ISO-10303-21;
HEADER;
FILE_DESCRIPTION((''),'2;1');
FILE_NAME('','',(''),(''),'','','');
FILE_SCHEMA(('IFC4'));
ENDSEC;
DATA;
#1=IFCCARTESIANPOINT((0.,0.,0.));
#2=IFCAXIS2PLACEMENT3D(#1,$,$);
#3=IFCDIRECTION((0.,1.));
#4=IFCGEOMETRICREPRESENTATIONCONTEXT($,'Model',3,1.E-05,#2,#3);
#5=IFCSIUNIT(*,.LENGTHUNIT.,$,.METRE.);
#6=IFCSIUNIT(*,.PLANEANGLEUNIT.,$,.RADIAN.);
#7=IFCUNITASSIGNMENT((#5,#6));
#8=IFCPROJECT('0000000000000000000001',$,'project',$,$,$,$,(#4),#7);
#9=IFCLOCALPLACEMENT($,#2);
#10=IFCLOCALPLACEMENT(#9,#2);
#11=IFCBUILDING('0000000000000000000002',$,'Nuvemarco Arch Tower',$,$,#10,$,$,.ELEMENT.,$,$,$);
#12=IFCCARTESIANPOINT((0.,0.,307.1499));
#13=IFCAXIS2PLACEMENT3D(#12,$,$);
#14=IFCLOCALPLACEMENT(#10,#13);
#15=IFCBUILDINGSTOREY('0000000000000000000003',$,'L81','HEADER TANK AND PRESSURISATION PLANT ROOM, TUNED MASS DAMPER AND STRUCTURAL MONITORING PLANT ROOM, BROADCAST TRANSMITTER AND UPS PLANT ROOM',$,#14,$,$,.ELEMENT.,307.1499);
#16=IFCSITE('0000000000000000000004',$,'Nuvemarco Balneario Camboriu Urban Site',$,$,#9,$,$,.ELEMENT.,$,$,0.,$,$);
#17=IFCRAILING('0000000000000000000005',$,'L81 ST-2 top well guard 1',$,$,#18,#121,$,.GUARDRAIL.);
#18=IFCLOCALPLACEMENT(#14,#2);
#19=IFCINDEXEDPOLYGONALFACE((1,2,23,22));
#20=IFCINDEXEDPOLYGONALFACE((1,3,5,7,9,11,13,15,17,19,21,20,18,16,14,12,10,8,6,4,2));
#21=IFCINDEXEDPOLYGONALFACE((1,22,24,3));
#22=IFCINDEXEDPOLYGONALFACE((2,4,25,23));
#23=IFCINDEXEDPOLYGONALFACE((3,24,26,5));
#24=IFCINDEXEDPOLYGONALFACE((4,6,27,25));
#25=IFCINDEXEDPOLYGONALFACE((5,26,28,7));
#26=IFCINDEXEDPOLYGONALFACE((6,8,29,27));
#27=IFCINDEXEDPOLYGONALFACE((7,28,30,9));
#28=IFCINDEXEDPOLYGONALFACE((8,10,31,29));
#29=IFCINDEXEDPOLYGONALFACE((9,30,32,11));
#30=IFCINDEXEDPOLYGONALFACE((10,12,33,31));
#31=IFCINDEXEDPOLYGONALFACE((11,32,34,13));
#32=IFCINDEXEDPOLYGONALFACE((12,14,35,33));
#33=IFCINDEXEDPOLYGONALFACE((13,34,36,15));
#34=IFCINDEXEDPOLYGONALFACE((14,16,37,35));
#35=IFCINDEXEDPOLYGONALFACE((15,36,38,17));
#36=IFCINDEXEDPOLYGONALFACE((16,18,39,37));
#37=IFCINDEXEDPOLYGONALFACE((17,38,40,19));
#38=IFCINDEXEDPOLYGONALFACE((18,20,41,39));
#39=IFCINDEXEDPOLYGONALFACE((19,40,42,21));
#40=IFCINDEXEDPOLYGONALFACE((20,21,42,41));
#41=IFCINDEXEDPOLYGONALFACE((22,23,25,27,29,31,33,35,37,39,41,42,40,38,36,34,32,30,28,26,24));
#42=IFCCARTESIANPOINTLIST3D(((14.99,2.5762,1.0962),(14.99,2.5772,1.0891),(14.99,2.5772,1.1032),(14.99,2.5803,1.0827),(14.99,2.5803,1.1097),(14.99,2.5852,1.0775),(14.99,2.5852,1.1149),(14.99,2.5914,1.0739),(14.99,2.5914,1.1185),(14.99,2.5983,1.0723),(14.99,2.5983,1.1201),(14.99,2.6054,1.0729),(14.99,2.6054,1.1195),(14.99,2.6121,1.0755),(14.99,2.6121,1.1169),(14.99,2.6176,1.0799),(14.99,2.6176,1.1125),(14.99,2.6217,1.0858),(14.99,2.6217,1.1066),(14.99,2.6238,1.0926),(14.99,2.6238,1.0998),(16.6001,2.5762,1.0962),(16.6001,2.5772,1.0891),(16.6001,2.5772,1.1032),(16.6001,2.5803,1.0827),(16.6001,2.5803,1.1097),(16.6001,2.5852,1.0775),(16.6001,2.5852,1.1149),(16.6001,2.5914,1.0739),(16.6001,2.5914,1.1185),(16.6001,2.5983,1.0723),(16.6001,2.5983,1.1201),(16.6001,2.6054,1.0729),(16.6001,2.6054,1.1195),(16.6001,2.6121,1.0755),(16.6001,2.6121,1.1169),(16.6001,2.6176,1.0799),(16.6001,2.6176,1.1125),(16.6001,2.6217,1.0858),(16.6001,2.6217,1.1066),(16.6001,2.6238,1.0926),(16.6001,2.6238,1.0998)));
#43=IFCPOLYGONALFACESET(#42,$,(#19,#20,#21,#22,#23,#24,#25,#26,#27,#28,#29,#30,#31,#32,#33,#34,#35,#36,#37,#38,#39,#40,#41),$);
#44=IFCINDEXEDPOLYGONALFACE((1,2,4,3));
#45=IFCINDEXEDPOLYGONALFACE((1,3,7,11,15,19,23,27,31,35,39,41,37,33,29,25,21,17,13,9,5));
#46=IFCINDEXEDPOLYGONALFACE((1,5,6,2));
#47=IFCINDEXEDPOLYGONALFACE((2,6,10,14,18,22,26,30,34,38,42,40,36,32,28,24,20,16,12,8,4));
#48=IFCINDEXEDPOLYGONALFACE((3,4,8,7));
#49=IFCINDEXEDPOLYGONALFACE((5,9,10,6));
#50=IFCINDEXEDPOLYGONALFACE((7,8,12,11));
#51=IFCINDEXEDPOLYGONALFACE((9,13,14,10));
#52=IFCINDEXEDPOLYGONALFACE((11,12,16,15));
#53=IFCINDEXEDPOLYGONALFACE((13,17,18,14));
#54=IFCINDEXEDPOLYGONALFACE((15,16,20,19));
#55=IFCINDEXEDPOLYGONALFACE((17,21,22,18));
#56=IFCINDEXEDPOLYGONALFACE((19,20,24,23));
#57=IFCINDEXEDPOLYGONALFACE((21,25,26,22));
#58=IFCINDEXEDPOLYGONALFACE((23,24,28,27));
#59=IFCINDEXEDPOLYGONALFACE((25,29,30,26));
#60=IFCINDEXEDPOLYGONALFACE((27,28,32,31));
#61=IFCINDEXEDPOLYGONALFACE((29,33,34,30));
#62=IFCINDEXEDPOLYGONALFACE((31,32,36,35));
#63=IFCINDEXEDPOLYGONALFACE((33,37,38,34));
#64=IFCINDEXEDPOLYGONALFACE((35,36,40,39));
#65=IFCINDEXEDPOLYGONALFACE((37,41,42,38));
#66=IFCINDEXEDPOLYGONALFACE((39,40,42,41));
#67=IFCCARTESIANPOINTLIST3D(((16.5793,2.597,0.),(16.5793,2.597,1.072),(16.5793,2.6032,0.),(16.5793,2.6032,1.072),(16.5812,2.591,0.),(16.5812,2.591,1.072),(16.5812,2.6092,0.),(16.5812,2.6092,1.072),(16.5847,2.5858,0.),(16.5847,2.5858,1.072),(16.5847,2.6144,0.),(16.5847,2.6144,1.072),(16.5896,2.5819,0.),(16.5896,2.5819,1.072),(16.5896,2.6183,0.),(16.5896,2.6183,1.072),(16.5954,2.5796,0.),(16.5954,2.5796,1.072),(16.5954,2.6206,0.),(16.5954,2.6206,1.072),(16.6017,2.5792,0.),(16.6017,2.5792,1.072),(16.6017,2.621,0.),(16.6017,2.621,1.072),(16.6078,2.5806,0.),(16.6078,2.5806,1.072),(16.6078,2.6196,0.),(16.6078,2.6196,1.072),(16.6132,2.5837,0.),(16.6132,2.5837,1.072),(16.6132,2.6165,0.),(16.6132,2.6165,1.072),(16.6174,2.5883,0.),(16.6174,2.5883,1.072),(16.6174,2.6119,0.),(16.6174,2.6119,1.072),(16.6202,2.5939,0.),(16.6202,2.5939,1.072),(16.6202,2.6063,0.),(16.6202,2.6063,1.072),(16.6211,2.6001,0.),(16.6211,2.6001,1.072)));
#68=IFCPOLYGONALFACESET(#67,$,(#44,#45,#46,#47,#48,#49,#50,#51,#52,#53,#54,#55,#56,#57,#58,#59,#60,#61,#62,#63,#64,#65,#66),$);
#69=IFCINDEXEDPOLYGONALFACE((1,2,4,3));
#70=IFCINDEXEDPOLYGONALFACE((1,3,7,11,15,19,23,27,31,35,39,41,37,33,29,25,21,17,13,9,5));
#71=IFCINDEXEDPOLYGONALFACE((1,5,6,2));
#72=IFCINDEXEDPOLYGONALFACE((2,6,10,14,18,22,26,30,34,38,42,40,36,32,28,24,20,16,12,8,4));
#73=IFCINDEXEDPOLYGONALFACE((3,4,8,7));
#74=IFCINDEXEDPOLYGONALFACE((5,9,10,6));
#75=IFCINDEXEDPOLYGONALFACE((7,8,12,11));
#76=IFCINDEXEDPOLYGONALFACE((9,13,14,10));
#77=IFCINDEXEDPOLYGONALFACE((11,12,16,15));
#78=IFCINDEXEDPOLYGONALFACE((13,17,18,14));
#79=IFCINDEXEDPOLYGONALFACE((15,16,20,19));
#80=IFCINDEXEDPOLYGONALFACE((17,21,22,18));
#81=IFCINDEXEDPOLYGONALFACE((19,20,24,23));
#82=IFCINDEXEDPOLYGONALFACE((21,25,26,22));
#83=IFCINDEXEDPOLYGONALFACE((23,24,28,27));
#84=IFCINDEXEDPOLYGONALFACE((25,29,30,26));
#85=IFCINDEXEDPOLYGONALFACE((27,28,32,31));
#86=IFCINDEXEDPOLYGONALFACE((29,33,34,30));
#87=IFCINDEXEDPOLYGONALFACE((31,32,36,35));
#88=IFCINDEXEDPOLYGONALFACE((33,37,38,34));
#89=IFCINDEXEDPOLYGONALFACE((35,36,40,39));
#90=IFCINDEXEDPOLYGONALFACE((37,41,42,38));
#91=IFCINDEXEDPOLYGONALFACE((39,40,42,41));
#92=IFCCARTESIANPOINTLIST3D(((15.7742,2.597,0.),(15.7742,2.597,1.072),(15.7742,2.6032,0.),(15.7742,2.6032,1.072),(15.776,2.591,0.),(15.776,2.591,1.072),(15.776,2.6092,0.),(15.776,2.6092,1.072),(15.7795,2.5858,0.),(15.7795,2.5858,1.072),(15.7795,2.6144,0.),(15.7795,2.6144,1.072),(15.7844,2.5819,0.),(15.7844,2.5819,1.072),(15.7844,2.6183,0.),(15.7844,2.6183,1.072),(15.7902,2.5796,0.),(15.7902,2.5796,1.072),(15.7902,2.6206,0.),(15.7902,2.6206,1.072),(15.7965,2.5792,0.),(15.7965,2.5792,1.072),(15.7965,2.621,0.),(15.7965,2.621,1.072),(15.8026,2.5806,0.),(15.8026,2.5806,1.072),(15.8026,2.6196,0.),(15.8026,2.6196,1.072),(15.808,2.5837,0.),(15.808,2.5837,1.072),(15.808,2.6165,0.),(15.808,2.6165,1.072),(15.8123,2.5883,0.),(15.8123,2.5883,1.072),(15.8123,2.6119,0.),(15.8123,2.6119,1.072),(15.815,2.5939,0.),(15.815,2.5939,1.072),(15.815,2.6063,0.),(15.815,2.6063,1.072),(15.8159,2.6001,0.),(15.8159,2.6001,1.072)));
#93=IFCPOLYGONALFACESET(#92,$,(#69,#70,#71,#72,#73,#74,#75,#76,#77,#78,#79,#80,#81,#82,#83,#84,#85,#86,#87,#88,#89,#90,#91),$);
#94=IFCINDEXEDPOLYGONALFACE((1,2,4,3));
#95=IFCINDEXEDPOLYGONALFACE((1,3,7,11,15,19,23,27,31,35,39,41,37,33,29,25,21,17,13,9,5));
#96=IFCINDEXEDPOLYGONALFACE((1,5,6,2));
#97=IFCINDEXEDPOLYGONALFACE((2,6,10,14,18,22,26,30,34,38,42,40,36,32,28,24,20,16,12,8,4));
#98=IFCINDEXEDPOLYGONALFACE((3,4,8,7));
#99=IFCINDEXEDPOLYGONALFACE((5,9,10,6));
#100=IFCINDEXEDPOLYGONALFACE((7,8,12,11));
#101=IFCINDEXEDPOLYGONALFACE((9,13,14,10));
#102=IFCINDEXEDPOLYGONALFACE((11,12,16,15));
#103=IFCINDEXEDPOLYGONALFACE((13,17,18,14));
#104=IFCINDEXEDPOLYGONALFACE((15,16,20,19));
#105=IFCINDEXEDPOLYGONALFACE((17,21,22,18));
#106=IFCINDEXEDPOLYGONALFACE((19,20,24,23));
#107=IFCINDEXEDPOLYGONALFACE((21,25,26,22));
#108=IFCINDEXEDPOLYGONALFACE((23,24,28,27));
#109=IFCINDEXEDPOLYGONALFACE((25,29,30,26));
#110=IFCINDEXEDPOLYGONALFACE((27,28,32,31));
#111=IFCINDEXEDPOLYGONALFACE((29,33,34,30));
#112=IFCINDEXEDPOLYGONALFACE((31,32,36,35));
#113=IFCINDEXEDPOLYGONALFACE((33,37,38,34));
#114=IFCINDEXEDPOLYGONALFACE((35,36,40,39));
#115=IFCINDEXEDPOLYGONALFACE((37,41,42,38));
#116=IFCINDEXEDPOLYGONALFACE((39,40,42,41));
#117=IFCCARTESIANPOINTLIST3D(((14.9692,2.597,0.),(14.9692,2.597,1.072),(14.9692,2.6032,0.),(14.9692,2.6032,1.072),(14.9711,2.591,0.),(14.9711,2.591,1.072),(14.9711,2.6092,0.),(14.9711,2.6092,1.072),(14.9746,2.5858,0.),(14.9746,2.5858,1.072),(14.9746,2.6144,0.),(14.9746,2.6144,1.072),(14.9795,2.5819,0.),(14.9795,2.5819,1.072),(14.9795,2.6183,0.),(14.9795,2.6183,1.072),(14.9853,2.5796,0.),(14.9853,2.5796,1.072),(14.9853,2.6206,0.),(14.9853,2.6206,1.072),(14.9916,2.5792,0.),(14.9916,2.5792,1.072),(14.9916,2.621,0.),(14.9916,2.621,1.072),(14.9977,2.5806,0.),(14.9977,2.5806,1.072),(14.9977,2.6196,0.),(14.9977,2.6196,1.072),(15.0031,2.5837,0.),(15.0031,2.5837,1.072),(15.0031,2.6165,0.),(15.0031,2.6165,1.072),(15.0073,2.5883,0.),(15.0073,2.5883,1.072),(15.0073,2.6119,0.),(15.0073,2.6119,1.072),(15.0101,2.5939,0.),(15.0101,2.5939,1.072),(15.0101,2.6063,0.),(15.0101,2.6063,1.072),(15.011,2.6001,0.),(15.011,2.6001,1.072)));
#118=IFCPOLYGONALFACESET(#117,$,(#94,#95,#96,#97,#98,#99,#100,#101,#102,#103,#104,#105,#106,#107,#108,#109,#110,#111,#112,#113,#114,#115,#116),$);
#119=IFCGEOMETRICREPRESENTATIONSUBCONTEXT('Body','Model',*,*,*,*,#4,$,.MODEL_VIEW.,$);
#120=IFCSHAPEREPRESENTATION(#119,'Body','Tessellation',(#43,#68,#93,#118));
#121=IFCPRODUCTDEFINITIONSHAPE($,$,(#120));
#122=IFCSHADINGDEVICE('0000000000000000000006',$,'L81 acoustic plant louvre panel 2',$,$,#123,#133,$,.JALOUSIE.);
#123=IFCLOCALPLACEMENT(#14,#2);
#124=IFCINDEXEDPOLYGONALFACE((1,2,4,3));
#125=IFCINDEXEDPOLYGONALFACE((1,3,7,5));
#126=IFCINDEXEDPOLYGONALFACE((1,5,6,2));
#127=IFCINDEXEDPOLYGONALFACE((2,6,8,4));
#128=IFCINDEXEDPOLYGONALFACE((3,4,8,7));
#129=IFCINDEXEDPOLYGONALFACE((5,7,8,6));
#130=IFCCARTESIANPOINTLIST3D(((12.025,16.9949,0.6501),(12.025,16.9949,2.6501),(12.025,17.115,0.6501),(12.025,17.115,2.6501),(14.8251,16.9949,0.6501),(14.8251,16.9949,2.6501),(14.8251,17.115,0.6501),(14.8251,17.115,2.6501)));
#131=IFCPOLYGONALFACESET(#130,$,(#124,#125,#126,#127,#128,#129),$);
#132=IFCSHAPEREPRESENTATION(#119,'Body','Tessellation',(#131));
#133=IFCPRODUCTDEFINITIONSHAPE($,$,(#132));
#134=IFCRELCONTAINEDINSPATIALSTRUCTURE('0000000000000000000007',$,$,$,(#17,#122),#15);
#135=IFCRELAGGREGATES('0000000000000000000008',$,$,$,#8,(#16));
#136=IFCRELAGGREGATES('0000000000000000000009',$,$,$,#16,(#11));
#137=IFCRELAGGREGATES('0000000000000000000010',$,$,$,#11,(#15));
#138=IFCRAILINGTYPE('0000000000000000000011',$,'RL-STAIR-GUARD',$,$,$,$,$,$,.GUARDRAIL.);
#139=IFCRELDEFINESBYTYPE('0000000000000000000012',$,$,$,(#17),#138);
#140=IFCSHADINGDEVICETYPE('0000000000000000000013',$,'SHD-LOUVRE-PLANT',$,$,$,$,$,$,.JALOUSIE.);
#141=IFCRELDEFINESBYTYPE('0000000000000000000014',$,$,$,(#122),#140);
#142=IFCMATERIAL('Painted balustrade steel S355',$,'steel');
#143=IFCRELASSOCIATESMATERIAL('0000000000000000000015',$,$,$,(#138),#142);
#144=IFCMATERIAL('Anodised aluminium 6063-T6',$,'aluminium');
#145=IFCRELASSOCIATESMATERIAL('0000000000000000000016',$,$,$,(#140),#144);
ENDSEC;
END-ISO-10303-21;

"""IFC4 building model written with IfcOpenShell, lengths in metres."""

from ifc_helpers import new_model, si_unit, direction, frame, origin, origin_2d, place, context, subcontext, project, spatial, rectangle, circle, extrude, source, transform, mapped, material, type_object, type_shapes, element, save


model = new_model("IFC4")

# Units and contexts
model_context = context("Model", 3, precision=1e-05, world=origin(), true_north=direction((0.0, 1.0)))
body_context = subcontext(model_context, "Body", "Model", "MODEL_VIEW")
ifc_project = project(units=[si_unit("LENGTHUNIT", "METRE"), si_unit("PLANEANGLEUNIT", "RADIAN")], contexts=[model_context])

# Site, building, storey
site_placement = place(None, origin())
site = spatial("IfcSite", under=ifc_project, at=site_placement, Name="Nuvemarco Balneario Camboriu Urban Site", CompositionType="ELEMENT", RefElevation=0.0)
building_placement = place(site_placement, origin())
building = spatial("IfcBuilding", under=site, at=building_placement, Name="Nuvemarco Arch Tower", CompositionType="ELEMENT")
storey_placement = place(building_placement, frame((0.0, 0.0, 307.1499)))
storey = spatial("IfcBuildingStorey", under=building, at=storey_placement, Name="L81", Description="HEADER TANK AND PRESSURISATION PLANT ROOM, TUNED MASS DAMPER AND STRUCTURAL MONITORING PLANT ROOM, BROADCAST TRANSMITTER AND UPS PLANT ROOM", CompositionType="ELEMENT", Elevation=307.1499)

# Railing
ifc_material_1 = material(Name="Painted balustrade steel S355", Category="steel")
railing_type = type_object("IfcRailingType", Name="RL-STAIR-GUARD", PredefinedType="GUARDRAIL", material=ifc_material_1)
railing_placement = place(storey_placement, frame((16.6001, 2.6001, 0.0)))
element("IfcRailing", 1, at=railing_placement, inside=storey, type_object=railing_type, Name="L81 ST-2 top well guard 1", PredefinedType="GUARDRAIL", context=body_context, shape_type="SweptSolid", body=[
    extrude(circle(Radius=0.0239, at=origin_2d()), frame((0.0, 0.0, 1.0962), z_axis=(-1.0, 0.0, 0.0), x_axis=(0.0, -1.0, 0.0)), (0.0, 0.0, 1.0), 1.6101),
    extrude(circle(Radius=0.021, at=origin_2d()), origin(), (0.0, 0.0, 1.0), 1.072),
    extrude(circle(Radius=0.021, at=origin_2d()), frame((-0.8052, 0.0, 0.0)), (0.0, 0.0, 1.0), 1.072),
    extrude(circle(Radius=0.021, at=origin_2d()), frame((-1.6101, 0.0, 0.0)), (0.0, 0.0, 1.0), 1.072),
])

# Shading device
ifc_material_2 = material(Name="Anodised aluminium 6063-T6", Category="aluminium")
shading_device_type = type_object("IfcShadingDeviceType", Name="SHD-LOUVRE-PLANT", PredefinedType="JALOUSIE", material=ifc_material_2)
shared_shape_1 = source(origin(), body_context, "Body", "SweptSolid", [
    extrude(rectangle(XDim=2.8, YDim=0.1201, at=origin_2d()), origin(), (0.0, 0.0, 1.0), 2.0),
])
type_shapes(shading_device_type, [shared_shape_1])
shading_device_placement = place(storey_placement, frame((13.425, 17.0549, 0.6501), z_axis=(0.0, 0.0, 1.0), x_axis=(1.0, 0.0, 0.0)))
element("IfcShadingDevice", 2, at=shading_device_placement, inside=storey, type_object=shading_device_type, Name="L81 acoustic plant louvre panel 2", PredefinedType="JALOUSIE", context=body_context, shape_type="MappedRepresentation", body=[
    mapped(shared_shape_1, transform((0.0, 0.0, 0.0), scale=1.0)),
])

save(model, "model.ifc")
